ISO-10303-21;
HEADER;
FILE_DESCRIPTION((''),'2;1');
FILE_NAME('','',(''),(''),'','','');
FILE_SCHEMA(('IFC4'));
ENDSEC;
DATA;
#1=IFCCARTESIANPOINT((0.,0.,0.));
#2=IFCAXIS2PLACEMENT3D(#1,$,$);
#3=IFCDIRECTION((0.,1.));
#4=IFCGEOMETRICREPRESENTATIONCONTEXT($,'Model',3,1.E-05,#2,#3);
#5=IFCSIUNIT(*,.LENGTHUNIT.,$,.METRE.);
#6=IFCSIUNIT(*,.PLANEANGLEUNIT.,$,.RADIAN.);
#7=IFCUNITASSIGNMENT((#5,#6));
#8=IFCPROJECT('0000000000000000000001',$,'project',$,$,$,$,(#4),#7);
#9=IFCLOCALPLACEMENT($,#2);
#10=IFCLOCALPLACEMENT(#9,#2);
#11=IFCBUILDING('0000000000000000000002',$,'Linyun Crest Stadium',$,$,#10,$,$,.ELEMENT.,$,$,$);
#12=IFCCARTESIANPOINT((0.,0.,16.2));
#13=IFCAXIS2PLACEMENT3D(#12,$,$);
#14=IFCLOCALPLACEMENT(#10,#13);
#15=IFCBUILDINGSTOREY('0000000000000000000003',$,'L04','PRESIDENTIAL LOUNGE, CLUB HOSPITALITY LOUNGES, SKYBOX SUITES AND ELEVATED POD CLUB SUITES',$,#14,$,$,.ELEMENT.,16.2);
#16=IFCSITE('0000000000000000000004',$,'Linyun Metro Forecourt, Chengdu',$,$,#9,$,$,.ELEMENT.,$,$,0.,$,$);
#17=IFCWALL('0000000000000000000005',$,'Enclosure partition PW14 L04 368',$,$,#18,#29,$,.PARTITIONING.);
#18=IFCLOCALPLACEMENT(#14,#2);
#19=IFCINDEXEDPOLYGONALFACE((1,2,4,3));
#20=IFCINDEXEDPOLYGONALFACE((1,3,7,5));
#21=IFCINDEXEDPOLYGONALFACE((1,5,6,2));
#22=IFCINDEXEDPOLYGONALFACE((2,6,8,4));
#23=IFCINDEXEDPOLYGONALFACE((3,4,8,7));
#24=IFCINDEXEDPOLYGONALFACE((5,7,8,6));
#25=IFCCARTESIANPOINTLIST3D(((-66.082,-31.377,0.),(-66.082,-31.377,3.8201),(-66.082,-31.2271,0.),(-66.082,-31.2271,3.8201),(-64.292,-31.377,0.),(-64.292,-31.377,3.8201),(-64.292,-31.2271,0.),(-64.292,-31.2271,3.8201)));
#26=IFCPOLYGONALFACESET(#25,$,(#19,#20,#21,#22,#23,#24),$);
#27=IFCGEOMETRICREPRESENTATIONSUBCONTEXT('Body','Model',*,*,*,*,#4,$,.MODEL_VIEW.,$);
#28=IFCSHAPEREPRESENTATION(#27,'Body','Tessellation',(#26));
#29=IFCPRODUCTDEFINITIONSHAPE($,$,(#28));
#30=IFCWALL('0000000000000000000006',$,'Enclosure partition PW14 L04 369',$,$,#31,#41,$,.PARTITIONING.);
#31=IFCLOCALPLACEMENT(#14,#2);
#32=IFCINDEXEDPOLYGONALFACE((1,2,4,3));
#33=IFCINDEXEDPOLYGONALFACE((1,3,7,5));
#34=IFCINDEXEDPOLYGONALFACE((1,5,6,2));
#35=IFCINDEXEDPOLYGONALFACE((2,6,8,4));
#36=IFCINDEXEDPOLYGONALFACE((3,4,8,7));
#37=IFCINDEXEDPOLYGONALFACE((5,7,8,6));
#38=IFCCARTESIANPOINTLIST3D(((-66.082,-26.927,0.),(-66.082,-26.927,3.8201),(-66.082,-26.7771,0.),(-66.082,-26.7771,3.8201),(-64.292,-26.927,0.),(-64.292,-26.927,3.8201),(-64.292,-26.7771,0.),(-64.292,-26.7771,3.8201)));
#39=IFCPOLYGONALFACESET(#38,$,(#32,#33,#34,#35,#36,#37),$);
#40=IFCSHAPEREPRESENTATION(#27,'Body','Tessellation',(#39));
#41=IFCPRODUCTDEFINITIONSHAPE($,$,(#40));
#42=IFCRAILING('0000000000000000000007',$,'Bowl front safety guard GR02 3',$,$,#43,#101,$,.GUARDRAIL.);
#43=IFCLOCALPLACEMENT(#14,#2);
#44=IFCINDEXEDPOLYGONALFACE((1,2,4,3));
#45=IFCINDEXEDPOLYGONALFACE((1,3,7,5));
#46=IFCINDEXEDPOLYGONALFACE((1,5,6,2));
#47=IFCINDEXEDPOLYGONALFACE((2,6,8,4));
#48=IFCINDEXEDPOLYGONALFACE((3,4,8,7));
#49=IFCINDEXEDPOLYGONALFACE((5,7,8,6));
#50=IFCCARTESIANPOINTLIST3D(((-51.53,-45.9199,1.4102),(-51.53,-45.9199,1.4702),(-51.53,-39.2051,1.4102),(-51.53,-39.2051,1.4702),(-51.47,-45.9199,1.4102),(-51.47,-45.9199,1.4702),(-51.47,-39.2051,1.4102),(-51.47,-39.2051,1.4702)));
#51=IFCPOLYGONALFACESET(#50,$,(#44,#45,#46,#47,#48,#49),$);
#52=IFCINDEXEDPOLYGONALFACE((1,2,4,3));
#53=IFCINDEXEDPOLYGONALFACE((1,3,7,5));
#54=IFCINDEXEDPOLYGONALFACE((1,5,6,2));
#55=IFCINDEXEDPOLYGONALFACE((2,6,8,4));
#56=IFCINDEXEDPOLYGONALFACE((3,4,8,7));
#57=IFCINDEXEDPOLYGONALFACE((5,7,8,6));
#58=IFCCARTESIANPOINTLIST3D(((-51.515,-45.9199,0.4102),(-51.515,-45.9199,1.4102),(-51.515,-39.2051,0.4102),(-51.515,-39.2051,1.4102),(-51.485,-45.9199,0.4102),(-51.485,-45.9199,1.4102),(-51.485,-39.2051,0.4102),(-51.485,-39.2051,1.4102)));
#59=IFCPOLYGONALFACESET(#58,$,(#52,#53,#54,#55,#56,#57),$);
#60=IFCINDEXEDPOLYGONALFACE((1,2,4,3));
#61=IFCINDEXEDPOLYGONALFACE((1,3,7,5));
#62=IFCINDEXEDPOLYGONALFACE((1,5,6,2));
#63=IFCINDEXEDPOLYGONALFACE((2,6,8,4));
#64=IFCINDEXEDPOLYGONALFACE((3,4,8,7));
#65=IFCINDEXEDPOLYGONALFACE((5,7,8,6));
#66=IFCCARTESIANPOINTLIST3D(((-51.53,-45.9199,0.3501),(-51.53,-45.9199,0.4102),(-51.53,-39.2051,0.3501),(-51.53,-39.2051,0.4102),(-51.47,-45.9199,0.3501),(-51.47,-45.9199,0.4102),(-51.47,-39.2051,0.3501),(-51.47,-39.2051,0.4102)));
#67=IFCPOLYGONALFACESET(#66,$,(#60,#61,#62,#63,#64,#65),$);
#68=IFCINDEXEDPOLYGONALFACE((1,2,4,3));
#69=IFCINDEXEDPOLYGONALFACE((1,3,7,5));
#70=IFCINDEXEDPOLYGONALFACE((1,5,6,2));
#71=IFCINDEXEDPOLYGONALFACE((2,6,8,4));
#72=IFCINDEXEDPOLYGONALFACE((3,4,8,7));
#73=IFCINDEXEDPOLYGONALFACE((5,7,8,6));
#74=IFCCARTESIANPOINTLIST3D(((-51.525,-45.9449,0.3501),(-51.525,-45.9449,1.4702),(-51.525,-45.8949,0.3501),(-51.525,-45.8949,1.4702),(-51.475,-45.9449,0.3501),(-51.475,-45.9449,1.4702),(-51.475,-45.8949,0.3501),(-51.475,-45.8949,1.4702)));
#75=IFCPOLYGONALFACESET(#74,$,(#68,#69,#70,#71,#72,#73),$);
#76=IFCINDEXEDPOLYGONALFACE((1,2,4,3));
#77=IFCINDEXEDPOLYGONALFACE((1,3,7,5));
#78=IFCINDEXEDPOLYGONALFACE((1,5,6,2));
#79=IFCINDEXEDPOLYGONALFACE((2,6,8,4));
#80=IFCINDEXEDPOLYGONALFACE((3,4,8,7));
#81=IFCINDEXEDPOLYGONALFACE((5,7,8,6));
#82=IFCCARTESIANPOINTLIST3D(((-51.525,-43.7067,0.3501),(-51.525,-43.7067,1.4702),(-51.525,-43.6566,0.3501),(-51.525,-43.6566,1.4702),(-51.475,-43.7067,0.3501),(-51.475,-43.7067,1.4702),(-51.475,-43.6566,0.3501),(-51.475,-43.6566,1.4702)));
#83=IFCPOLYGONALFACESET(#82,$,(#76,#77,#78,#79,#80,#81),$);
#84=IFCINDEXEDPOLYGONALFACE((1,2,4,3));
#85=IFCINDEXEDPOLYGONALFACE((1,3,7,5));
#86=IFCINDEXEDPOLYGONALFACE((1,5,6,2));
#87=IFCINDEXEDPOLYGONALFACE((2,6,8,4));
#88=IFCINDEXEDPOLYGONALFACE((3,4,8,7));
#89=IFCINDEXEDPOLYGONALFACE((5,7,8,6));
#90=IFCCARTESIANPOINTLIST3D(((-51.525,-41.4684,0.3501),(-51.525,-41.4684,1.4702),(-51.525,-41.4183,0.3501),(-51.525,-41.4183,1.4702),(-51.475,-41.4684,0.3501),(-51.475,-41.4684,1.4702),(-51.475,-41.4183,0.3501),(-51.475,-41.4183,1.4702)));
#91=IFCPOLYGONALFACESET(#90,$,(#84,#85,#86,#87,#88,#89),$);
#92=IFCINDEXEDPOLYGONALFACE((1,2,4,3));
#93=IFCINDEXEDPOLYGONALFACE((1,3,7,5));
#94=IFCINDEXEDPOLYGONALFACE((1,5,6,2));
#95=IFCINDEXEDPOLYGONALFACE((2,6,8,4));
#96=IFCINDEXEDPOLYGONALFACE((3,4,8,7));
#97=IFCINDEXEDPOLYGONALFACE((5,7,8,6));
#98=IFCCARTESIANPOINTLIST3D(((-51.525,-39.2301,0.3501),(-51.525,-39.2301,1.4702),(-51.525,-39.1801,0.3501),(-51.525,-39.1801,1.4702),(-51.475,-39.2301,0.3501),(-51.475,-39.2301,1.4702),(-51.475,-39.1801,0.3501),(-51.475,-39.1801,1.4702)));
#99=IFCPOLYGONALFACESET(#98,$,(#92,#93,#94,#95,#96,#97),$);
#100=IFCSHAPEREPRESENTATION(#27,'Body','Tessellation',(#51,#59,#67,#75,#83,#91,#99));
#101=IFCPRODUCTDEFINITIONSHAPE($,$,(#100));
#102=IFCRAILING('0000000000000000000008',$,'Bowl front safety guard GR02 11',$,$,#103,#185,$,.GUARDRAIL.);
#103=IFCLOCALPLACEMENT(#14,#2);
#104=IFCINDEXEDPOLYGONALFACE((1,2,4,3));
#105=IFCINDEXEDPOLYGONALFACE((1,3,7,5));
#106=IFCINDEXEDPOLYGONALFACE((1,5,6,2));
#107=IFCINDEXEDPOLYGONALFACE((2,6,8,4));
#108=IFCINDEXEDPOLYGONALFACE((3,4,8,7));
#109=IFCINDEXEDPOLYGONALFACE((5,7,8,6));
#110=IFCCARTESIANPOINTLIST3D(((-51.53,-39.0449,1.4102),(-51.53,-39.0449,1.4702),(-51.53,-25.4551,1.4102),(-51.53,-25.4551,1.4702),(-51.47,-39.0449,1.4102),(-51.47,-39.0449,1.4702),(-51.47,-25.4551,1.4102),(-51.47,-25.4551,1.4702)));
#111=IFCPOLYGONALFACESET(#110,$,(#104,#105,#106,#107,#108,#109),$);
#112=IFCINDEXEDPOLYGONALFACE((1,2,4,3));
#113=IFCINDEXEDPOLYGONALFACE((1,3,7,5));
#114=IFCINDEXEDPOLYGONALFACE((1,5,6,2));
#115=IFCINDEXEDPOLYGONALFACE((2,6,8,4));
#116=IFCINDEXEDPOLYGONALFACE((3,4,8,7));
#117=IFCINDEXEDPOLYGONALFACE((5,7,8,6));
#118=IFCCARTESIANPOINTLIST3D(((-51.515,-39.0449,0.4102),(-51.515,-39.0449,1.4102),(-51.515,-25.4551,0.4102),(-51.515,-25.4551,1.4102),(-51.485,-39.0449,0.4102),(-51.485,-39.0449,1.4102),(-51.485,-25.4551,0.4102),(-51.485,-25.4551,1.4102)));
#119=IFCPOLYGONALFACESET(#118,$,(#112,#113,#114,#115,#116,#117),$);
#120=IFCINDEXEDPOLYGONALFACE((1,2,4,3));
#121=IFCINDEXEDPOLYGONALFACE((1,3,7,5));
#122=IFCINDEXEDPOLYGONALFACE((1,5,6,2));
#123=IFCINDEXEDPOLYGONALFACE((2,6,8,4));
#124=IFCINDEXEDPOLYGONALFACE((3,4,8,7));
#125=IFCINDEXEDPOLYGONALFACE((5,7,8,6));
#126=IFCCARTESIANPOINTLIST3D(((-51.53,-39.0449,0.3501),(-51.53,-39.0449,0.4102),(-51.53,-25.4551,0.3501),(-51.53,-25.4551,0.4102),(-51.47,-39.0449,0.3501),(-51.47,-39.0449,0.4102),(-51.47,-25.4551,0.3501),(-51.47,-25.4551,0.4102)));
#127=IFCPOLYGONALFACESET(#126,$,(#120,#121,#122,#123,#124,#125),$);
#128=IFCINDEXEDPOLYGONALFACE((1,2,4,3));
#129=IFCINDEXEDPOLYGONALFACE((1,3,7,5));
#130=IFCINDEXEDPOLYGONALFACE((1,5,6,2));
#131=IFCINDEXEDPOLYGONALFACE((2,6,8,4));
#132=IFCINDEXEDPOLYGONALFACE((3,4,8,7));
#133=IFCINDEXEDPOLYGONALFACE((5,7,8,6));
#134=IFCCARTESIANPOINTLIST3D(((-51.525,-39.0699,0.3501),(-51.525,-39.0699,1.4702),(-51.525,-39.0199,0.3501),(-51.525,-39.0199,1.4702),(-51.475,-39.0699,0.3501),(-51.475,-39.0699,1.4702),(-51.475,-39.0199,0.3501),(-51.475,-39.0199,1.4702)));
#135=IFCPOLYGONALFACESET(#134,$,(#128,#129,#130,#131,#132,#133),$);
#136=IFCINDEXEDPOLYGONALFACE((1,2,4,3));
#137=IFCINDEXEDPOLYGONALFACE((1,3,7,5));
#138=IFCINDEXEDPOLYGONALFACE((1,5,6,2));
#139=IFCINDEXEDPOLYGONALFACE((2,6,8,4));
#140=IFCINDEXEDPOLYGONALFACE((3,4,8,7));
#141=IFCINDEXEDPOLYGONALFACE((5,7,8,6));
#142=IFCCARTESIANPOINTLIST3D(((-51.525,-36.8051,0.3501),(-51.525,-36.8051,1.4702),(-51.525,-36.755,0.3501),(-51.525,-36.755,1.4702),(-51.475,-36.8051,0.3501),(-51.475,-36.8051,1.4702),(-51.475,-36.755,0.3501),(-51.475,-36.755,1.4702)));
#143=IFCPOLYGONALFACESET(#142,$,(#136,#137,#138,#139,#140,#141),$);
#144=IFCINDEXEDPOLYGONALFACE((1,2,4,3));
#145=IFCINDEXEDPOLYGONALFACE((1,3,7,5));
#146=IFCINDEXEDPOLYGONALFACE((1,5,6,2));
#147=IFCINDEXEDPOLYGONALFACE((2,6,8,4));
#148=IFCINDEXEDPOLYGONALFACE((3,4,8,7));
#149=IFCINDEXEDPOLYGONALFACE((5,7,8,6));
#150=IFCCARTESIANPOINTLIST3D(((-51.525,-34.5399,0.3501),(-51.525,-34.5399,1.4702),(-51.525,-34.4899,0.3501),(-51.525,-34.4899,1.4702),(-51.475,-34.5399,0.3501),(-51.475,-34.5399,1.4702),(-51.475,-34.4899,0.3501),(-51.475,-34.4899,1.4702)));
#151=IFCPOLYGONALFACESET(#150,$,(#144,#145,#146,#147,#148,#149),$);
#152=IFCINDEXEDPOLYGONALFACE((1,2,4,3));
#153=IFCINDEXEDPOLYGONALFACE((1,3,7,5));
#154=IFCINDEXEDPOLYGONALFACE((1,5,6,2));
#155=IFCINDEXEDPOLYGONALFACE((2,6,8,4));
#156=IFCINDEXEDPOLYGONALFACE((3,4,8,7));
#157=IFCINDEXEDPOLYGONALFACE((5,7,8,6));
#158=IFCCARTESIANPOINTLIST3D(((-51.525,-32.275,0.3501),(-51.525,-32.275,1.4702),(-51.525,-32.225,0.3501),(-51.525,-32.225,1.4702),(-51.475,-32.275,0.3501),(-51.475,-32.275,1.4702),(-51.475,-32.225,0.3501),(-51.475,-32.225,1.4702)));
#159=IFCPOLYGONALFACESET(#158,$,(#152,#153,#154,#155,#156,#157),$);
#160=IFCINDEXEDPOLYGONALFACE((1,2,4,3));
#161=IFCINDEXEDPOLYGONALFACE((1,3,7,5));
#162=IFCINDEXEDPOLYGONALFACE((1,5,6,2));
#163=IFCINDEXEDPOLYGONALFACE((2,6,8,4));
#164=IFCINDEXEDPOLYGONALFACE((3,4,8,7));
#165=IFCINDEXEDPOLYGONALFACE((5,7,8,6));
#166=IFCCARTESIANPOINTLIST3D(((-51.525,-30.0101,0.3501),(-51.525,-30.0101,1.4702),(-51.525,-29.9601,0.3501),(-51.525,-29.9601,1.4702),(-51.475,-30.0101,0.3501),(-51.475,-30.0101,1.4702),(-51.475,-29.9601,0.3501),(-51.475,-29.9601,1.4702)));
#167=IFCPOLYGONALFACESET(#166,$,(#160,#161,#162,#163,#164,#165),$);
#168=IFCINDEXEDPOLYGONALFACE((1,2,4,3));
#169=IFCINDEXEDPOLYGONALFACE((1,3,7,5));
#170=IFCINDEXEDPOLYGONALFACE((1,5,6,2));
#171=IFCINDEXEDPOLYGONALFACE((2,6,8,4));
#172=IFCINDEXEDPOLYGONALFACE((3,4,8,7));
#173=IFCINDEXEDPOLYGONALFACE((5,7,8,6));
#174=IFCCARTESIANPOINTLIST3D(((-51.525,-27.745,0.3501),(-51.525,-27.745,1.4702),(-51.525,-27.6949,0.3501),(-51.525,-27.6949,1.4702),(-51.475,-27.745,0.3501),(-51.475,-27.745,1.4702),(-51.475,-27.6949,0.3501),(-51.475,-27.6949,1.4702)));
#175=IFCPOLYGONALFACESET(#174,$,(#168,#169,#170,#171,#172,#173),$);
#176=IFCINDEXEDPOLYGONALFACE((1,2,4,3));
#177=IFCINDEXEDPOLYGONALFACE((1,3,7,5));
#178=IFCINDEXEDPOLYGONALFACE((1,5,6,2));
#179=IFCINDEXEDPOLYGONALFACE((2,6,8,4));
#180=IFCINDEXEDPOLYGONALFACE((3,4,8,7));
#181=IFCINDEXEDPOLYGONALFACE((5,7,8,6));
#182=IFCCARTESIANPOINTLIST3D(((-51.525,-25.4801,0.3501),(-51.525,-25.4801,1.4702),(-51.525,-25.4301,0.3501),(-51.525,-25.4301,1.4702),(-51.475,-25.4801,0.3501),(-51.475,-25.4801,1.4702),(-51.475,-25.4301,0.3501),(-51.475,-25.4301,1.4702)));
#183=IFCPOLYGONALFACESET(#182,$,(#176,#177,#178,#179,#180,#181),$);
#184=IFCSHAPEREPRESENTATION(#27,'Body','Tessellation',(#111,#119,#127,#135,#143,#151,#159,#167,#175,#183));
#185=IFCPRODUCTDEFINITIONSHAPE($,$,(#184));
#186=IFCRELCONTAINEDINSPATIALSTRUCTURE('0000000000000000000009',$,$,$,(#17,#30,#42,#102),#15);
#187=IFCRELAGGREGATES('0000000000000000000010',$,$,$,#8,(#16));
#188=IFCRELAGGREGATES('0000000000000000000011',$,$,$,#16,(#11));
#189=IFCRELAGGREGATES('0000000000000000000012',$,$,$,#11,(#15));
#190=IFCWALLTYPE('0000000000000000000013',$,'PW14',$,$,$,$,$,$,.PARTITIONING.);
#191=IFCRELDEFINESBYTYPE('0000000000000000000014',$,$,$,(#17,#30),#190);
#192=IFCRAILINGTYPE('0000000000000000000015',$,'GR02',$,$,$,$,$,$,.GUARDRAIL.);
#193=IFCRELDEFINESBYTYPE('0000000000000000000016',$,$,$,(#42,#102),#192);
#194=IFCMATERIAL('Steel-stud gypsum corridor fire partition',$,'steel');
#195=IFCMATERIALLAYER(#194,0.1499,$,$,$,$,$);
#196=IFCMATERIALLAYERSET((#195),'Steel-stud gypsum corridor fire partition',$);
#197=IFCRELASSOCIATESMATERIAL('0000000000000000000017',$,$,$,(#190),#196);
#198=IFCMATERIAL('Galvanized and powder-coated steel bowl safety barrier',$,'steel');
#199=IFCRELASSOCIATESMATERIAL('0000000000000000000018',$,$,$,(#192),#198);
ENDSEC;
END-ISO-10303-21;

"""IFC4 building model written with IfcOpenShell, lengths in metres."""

from ifc_helpers import new_model, si_unit, direction, frame, frame_2d, origin, origin_2d, place, context, subcontext, project, spatial, rectangle, extrude, material, layer, layer_set, type_object, element, save


model = new_model("IFC4")

# Units and contexts
model_context = context("Model", 3, precision=1e-05, world=origin(), true_north=direction((0.0, 1.0)))
body_context = subcontext(model_context, "Body", "Model", "MODEL_VIEW")
ifc_project = project(units=[si_unit("LENGTHUNIT", "METRE"), si_unit("PLANEANGLEUNIT", "RADIAN")], contexts=[model_context])

# Site, building, storey
site_placement = place(None, origin())
site = spatial("IfcSite", under=ifc_project, at=site_placement, Name="Linyun Metro Forecourt, Chengdu", CompositionType="ELEMENT", RefElevation=0.0)
building_placement = place(site_placement, origin())
building = spatial("IfcBuilding", under=site, at=building_placement, Name="Linyun Crest Stadium", CompositionType="ELEMENT")
storey_placement = place(building_placement, frame((0.0, 0.0, 16.2)))
storey = spatial("IfcBuildingStorey", under=building, at=storey_placement, Name="L04", Description="PRESIDENTIAL LOUNGE, CLUB HOSPITALITY LOUNGES, SKYBOX SUITES AND ELEVATED POD CLUB SUITES", CompositionType="ELEMENT", Elevation=16.2)

# Shared definitions
ifc_material_1 = material(Name="Steel-stud gypsum corridor fire partition", Category="steel")
ifc_layer_1 = layer(ifc_material_1, 0.1499)
ifc_layer_set_1 = layer_set([ifc_layer_1], Name="Steel-stud gypsum corridor fire partition")
wall_type_1 = type_object("IfcWallType", Name="PW14", PredefinedType="PARTITIONING", material=ifc_layer_set_1)

# Walls
for number, where, z_axis, x_axis, name in (
    (1, (-66.082, -31.302, 0.0), (0.0, 0.0, 1.0), (1.0, 0.0, 0.0), "Enclosure partition PW14 L04 368"),
    (2, (-66.082, -26.8521, 0.0), (0.0, 0.0, 1.0), (1.0, 0.0, 0.0), "Enclosure partition PW14 L04 369"),
):
    element("IfcWall", number, at=place(storey_placement, frame(where, z_axis=z_axis, x_axis=x_axis)), inside=storey, type_object=wall_type_1, Name=name, PredefinedType="PARTITIONING", context=body_context, shape_type="SweptSolid", body=[
        extrude(rectangle(XDim=1.79, YDim=0.1499, at=frame_2d((0.895, 0.0))), origin(), (0.0, 0.0, 1.0), 3.8201),
    ])

# Railings
ifc_material_2 = material(Name="Galvanized and powder-coated steel bowl safety barrier", Category="steel")
railing_type = type_object("IfcRailingType", Name="GR02", PredefinedType="GUARDRAIL", material=ifc_material_2)
railing_1_placement = place(storey_placement, frame((-51.5, -45.9199, 0.3501)))
element("IfcRailing", 3, at=railing_1_placement, inside=storey, type_object=railing_type, Name="Bowl front safety guard GR02 3", PredefinedType="GUARDRAIL", context=body_context, shape_type="SweptSolid", body=[
    extrude(rectangle(XDim=0.0601, YDim=0.0601, at=origin_2d()), frame((0.0, 0.0, 1.0901), z_axis=(0.0, 1.0, 0.0), x_axis=(-1.0, 0.0, 0.0)), (0.0, 0.0, 1.0), 6.7148),
    extrude(rectangle(XDim=0.03, YDim=1.0, at=origin_2d()), frame((0.0, 0.0, 0.5601), z_axis=(0.0, 1.0, 0.0), x_axis=(-1.0, 0.0, 0.0)), (0.0, 0.0, 1.0), 6.7148),
    extrude(rectangle(XDim=0.0601, YDim=0.0601, at=origin_2d()), frame((0.0, 0.0, 0.03), z_axis=(0.0, 1.0, 0.0), x_axis=(-1.0, 0.0, 0.0)), (0.0, 0.0, 1.0), 6.7148),
    extrude(rectangle(XDim=0.05, YDim=0.05, at=origin_2d()), origin(), (0.0, 0.0, 1.0), 1.1201),
    extrude(rectangle(XDim=0.05, YDim=0.05, at=origin_2d()), frame((0.0, 2.2383, 0.0)), (0.0, 0.0, 1.0), 1.1201),
    extrude(rectangle(XDim=0.05, YDim=0.05, at=origin_2d()), frame((0.0, 4.4766, 0.0)), (0.0, 0.0, 1.0), 1.1201),
    extrude(rectangle(XDim=0.05, YDim=0.05, at=origin_2d()), frame((0.0, 6.7148, 0.0)), (0.0, 0.0, 1.0), 1.1201),
])
for number, where, name in (
    (4, (-51.5, -39.0449, 0.3501), "Bowl front safety guard GR02 11"),
):
    element("IfcRailing", number, at=place(storey_placement, frame(where)), inside=storey, type_object=railing_type, Name=name, PredefinedType="GUARDRAIL", context=body_context, shape_type="SweptSolid", body=[
        extrude(rectangle(XDim=0.0601, YDim=0.0601, at=origin_2d()), frame((0.0, 0.0, 1.0901), z_axis=(0.0, 1.0, 0.0), x_axis=(-1.0, 0.0, 0.0)), (0.0, 0.0, 1.0), 13.5898),
        extrude(rectangle(XDim=0.03, YDim=1.0, at=origin_2d()), frame((0.0, 0.0, 0.5601), z_axis=(0.0, 1.0, 0.0), x_axis=(-1.0, 0.0, 0.0)), (0.0, 0.0, 1.0), 13.5898),
        extrude(rectangle(XDim=0.0601, YDim=0.0601, at=origin_2d()), frame((0.0, 0.0, 0.03), z_axis=(0.0, 1.0, 0.0), x_axis=(-1.0, 0.0, 0.0)), (0.0, 0.0, 1.0), 13.5898),
        extrude(rectangle(XDim=0.05, YDim=0.05, at=origin_2d()), origin(), (0.0, 0.0, 1.0), 1.1201),
        extrude(rectangle(XDim=0.05, YDim=0.05, at=origin_2d()), frame((0.0, 2.2649, 0.0)), (0.0, 0.0, 1.0), 1.1201),
        extrude(rectangle(XDim=0.05, YDim=0.05, at=origin_2d()), frame((0.0, 4.53, 0.0)), (0.0, 0.0, 1.0), 1.1201),
        extrude(rectangle(XDim=0.05, YDim=0.05, at=origin_2d()), frame((0.0, 6.7949, 0.0)), (0.0, 0.0, 1.0), 1.1201),
        extrude(rectangle(XDim=0.05, YDim=0.05, at=origin_2d()), frame((0.0, 9.0598, 0.0)), (0.0, 0.0, 1.0), 1.1201),
        extrude(rectangle(XDim=0.05, YDim=0.05, at=origin_2d()), frame((0.0, 11.325, 0.0)), (0.0, 0.0, 1.0), 1.1201),
        extrude(rectangle(XDim=0.05, YDim=0.05, at=origin_2d()), frame((0.0, 13.5898, 0.0)), (0.0, 0.0, 1.0), 1.1201),
    ])

save(model, "model.ifc")
